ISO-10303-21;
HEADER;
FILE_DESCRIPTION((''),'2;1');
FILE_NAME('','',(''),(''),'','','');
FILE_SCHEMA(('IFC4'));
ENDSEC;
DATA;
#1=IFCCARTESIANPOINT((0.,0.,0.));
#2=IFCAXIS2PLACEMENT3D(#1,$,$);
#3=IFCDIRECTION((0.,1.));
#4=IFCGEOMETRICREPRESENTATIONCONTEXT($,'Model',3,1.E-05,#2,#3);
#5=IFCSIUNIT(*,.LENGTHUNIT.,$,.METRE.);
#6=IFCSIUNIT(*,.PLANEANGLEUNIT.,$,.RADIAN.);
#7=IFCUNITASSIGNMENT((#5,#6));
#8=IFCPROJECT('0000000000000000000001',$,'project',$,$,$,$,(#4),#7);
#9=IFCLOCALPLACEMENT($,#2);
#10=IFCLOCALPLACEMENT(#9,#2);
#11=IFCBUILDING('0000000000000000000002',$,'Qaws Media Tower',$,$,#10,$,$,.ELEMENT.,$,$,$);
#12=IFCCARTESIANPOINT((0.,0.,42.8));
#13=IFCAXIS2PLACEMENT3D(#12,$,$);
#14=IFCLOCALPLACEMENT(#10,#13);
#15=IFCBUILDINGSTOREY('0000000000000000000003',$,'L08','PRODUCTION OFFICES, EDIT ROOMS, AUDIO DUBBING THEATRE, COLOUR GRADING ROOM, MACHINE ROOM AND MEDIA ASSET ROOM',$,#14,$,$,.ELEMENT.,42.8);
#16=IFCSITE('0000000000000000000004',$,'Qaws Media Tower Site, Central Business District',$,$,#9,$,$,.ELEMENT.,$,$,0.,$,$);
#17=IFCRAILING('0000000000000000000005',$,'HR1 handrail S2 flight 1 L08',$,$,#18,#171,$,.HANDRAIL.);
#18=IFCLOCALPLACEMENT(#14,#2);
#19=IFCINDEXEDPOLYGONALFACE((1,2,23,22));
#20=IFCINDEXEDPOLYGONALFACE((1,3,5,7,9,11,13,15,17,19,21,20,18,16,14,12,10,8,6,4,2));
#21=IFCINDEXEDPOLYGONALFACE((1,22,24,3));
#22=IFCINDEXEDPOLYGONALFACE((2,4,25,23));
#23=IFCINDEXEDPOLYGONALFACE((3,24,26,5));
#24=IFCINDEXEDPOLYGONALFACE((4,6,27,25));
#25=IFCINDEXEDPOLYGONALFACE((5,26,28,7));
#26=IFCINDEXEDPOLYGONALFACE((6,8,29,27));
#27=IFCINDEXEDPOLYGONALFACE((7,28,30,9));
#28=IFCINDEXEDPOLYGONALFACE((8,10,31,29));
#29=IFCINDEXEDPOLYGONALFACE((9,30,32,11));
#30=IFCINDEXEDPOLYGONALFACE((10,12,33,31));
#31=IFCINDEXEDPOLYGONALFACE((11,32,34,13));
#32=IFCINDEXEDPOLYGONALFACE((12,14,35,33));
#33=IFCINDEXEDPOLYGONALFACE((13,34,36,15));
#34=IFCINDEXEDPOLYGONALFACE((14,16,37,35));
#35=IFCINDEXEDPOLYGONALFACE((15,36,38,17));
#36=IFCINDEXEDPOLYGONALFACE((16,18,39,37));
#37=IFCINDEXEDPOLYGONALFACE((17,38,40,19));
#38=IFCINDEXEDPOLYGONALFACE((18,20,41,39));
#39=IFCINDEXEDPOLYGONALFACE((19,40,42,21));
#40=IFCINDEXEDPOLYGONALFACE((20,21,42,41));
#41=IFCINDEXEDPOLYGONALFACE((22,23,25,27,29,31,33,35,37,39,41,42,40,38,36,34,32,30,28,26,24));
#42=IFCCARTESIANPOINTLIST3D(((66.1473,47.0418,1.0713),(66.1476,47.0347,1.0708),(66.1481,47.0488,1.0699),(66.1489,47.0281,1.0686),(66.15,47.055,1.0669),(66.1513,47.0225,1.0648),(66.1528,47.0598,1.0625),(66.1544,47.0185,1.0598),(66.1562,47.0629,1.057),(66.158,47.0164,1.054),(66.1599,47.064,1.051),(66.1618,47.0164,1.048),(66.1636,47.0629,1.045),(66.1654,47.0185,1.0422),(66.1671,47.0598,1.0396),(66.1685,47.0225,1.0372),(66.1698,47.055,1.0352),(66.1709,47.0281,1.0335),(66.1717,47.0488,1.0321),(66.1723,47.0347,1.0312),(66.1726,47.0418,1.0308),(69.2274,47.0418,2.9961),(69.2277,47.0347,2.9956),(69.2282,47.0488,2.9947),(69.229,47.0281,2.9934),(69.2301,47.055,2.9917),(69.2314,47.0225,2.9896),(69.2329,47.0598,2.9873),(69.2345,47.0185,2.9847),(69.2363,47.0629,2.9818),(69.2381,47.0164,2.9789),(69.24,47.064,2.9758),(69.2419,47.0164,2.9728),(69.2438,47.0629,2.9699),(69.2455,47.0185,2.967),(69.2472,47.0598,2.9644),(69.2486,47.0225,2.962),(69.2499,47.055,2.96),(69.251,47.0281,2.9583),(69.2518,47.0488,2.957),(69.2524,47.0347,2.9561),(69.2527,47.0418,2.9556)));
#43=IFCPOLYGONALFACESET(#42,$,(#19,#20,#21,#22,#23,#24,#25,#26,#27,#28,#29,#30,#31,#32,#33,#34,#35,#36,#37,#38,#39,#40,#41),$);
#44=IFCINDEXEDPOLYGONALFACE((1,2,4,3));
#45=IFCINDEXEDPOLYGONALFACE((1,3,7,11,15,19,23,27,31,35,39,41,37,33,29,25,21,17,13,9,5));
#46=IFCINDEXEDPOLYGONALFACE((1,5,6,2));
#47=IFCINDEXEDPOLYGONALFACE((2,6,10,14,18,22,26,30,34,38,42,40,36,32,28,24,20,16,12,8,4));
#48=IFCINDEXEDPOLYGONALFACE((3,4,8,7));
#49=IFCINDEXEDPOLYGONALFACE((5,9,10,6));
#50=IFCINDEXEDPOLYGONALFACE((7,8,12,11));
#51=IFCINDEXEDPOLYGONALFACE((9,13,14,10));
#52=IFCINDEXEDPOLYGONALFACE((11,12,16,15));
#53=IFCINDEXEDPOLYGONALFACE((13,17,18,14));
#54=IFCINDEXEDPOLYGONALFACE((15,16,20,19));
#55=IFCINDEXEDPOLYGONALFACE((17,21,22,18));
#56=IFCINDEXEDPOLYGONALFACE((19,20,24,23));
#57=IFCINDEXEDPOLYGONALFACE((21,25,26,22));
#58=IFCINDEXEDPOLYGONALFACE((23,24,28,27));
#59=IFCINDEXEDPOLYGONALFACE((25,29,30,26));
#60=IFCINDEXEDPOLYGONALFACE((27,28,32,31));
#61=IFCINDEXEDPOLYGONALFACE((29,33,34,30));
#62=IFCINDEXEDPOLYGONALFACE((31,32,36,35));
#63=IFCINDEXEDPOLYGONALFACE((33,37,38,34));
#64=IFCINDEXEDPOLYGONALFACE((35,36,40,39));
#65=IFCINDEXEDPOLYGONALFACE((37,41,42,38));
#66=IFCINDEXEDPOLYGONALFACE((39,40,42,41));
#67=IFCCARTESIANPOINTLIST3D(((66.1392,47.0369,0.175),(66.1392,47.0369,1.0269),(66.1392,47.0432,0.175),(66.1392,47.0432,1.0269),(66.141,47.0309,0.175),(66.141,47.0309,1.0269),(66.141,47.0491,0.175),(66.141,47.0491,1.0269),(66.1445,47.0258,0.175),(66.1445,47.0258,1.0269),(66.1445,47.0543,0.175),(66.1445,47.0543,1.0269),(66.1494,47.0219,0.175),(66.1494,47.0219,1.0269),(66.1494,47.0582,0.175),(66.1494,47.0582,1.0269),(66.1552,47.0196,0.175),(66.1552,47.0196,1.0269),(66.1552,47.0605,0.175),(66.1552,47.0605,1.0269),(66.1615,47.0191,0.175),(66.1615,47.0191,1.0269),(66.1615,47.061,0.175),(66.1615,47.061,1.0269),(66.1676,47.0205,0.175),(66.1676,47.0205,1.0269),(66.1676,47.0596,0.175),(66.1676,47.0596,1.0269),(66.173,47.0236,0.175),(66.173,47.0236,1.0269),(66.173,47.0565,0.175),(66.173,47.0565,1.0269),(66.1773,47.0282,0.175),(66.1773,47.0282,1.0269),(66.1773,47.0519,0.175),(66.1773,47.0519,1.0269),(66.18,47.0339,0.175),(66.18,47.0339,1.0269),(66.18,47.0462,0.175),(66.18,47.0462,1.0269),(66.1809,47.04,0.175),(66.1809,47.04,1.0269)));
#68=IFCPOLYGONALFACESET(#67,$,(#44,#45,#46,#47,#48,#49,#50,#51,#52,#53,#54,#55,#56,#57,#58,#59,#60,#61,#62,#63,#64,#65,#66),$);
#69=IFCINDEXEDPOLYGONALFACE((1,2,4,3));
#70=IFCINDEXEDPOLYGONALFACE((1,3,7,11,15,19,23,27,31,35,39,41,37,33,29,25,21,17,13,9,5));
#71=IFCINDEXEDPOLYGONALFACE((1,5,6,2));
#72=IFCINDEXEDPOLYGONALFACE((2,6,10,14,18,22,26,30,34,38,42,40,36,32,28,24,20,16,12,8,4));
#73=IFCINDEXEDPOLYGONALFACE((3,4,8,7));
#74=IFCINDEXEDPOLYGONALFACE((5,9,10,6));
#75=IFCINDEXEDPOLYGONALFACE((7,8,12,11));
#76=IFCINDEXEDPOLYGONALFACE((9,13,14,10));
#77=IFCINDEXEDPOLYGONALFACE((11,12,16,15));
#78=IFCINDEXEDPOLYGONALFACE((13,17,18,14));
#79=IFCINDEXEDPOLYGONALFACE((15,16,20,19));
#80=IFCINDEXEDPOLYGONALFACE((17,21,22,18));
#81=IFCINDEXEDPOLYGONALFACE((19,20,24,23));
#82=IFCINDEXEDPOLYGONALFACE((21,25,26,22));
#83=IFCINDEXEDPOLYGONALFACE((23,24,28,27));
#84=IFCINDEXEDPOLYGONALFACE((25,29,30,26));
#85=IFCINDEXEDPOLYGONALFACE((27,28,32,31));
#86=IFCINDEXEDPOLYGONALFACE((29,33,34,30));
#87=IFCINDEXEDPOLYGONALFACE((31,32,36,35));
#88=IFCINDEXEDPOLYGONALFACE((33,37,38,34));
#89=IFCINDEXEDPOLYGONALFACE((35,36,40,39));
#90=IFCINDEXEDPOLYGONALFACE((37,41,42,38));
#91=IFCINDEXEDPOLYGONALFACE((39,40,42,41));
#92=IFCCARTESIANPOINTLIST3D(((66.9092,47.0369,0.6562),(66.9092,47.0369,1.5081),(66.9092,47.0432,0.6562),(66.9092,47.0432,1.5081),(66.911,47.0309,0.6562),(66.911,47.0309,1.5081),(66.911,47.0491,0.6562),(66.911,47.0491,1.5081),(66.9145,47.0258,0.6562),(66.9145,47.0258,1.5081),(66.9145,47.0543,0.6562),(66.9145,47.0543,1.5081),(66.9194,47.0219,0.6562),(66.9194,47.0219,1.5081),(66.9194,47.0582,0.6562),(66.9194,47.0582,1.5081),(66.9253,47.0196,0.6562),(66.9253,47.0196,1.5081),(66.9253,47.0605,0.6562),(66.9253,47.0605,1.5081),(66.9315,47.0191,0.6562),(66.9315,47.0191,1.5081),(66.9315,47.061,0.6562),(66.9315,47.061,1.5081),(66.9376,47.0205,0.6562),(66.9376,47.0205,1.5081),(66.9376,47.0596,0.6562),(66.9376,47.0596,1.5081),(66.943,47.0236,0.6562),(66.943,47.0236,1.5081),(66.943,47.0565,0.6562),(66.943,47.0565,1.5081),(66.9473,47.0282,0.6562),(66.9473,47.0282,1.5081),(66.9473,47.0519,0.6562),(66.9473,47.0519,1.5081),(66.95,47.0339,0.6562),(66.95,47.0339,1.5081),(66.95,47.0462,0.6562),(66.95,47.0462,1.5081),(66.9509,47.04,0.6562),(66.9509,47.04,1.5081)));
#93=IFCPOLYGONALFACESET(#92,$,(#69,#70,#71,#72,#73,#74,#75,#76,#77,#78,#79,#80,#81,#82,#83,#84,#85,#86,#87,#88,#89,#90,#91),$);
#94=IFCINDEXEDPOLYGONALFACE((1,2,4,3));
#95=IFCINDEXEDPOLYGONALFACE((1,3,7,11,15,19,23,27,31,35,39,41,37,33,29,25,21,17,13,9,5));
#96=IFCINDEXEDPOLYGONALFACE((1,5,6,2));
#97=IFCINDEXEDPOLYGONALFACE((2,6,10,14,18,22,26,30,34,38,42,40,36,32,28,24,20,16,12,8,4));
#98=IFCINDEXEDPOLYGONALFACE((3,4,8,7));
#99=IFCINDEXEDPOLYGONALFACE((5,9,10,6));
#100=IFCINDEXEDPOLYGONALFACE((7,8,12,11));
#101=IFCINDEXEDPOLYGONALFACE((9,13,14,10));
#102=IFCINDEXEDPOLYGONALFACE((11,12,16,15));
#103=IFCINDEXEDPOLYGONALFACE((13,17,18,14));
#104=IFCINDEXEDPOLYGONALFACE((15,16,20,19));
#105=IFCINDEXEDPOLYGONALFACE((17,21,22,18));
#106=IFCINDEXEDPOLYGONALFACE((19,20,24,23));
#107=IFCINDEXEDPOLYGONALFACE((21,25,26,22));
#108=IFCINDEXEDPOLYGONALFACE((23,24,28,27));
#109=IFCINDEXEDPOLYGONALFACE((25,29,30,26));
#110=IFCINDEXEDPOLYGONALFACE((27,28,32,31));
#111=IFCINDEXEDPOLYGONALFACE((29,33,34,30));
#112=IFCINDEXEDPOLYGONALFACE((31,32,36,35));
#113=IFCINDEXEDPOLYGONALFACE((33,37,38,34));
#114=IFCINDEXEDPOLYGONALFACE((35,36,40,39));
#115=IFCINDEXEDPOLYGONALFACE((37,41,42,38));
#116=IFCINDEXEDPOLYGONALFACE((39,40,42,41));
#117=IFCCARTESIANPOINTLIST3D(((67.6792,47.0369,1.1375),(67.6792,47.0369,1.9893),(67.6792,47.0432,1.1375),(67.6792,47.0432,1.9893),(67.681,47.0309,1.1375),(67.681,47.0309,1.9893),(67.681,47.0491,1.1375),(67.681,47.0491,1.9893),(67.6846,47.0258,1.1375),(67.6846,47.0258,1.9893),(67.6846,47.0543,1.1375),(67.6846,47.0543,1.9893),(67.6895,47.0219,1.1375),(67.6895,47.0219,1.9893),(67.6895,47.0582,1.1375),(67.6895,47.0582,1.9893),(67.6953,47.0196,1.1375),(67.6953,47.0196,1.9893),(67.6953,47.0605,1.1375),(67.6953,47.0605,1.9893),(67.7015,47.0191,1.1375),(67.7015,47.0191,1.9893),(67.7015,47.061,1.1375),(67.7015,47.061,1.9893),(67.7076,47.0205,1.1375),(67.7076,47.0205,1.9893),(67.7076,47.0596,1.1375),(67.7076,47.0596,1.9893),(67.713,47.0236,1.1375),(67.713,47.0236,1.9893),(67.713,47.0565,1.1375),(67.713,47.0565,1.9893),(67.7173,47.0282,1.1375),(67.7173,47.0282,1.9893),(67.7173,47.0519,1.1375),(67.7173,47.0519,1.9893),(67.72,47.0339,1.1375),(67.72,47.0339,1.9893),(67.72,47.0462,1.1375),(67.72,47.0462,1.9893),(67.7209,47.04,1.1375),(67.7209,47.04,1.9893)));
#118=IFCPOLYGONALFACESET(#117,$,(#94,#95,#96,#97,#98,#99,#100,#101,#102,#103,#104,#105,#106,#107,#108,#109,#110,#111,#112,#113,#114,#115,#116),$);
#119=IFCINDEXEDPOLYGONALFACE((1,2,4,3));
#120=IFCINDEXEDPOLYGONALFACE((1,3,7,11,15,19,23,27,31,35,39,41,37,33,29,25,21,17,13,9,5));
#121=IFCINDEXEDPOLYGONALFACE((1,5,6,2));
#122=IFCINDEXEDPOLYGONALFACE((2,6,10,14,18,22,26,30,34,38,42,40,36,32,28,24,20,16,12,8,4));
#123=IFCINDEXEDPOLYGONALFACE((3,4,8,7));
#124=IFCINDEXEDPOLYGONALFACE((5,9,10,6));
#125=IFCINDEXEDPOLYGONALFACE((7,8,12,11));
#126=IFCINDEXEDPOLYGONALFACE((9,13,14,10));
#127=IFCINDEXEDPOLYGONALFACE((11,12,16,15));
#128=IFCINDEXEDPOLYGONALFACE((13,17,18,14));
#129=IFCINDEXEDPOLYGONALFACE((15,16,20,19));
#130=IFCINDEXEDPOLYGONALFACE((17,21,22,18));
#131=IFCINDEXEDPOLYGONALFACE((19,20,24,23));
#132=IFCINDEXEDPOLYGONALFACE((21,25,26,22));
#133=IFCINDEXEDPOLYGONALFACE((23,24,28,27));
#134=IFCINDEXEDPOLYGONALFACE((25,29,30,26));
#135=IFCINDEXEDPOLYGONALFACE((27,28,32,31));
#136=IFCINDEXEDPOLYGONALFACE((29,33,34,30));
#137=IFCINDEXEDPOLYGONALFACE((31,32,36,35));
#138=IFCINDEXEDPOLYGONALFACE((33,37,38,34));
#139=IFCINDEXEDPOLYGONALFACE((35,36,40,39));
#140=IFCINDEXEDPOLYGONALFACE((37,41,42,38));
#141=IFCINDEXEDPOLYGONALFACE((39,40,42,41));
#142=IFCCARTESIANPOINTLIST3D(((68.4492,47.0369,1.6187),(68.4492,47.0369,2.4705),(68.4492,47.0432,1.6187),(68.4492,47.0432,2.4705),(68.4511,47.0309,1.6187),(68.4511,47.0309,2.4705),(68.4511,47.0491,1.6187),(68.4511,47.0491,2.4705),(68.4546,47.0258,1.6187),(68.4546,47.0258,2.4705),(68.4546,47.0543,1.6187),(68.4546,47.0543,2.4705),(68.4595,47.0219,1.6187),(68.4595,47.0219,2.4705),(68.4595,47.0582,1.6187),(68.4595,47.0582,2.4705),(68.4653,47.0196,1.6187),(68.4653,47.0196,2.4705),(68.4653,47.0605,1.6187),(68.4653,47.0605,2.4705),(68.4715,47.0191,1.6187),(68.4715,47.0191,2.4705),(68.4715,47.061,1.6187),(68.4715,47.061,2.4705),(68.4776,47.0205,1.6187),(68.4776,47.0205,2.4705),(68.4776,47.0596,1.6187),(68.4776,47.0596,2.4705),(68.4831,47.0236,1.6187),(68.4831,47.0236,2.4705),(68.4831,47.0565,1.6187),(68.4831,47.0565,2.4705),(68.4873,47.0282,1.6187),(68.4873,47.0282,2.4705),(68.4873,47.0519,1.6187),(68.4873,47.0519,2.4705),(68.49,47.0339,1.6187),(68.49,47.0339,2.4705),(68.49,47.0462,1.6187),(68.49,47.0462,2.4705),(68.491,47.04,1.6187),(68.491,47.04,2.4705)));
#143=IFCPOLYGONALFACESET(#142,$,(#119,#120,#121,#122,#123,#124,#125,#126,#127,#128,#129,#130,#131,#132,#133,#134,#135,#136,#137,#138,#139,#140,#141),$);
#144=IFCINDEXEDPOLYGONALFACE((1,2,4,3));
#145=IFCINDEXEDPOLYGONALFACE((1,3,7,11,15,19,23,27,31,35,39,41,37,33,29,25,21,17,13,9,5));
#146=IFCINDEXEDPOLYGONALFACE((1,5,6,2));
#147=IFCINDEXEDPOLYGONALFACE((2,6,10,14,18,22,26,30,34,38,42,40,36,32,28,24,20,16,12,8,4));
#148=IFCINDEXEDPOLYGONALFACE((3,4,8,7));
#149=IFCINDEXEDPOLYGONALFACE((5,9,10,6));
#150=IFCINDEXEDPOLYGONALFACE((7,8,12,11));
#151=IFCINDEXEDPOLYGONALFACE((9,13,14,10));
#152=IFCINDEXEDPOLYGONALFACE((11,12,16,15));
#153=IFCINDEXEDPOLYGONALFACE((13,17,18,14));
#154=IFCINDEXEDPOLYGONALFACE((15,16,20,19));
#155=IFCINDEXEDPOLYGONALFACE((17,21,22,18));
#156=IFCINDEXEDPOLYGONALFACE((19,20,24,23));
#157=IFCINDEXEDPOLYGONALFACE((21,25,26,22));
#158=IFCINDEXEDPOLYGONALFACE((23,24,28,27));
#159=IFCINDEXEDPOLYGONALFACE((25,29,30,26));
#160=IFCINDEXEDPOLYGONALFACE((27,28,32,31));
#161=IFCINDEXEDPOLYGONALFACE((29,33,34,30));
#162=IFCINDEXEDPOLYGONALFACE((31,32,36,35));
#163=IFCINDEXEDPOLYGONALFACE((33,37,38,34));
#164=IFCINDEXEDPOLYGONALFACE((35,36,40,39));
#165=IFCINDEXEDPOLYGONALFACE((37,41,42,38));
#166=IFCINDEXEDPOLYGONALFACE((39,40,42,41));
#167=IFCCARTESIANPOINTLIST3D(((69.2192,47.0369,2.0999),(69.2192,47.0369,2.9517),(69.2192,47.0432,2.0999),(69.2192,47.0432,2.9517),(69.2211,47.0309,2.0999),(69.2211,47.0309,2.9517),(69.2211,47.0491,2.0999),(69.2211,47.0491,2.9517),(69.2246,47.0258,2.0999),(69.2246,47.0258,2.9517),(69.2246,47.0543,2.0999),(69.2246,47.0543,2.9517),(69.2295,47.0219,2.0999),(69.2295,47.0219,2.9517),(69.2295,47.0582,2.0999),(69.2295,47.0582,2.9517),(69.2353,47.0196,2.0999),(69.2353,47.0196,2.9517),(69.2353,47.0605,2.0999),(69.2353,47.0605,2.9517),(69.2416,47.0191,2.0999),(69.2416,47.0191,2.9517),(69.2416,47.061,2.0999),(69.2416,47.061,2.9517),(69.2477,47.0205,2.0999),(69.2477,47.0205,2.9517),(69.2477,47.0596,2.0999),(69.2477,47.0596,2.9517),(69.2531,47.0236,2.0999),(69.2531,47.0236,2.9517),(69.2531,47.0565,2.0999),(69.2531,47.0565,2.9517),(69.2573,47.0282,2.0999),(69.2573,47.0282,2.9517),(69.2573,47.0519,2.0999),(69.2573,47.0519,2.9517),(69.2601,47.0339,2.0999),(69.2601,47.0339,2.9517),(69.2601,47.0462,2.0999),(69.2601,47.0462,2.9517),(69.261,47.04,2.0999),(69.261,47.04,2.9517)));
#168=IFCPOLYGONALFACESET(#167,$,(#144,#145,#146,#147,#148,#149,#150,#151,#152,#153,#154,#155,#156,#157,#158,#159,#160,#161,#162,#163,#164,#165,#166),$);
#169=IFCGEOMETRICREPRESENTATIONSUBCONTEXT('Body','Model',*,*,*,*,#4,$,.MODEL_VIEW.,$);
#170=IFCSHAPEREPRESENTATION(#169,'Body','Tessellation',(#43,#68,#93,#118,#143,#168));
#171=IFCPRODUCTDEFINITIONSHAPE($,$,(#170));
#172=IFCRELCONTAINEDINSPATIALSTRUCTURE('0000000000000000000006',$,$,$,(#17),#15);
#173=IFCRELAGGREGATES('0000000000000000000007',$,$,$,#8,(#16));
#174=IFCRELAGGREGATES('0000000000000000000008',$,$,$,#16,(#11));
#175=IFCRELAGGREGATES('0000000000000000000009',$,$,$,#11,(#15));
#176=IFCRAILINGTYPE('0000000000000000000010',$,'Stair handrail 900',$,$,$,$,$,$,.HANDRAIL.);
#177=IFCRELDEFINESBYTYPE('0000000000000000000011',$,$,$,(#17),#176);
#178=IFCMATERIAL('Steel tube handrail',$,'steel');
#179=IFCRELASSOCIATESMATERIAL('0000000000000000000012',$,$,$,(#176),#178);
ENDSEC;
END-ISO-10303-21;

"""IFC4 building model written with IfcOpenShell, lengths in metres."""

from ifc_helpers import new_model, si_unit, direction, frame, origin, origin_2d, place, context, subcontext, project, spatial, circle, extrude, material, type_object, element, save


model = new_model("IFC4")

# Units and contexts
model_context = context("Model", 3, precision=1e-05, world=origin(), true_north=direction((0.0, 1.0)))
body_context = subcontext(model_context, "Body", "Model", "MODEL_VIEW")
ifc_project = project(units=[si_unit("LENGTHUNIT", "METRE"), si_unit("PLANEANGLEUNIT", "RADIAN")], contexts=[model_context])

# Site, building, storey
site_placement = place(None, origin())
site = spatial("IfcSite", under=ifc_project, at=site_placement, Name="Qaws Media Tower Site, Central Business District", CompositionType="ELEMENT", RefElevation=0.0)
building_placement = place(site_placement, origin())
building = spatial("IfcBuilding", under=site, at=building_placement, Name="Qaws Media Tower", CompositionType="ELEMENT")
storey_placement = place(building_placement, frame((0.0, 0.0, 42.8)))
storey = spatial("IfcBuildingStorey", under=building, at=storey_placement, Name="L08", Description="PRODUCTION OFFICES, EDIT ROOMS, AUDIO DUBBING THEATRE, COLOUR GRADING ROOM, MACHINE ROOM AND MEDIA ASSET ROOM", CompositionType="ELEMENT", Elevation=42.8)

# Railing
ifc_material_1 = material(Name="Steel tube handrail", Category="steel")
railing_type = type_object("IfcRailingType", Name="Stair handrail 900", PredefinedType="HANDRAIL", material=ifc_material_1)
railing_1_placement = place(storey_placement, frame((66.1599, 47.04, 0.175)))
element("IfcRailing", 1, at=railing_1_placement, inside=storey, type_object=railing_type, Name="HR1 handrail S2 flight 1 L08", PredefinedType="HANDRAIL", context=body_context, shape_type="SweptSolid", body=[
    extrude(circle(Radius=0.0239, at=origin_2d()), frame((0.0, 0.0, 0.876), z_axis=(0.848029, 0.0, 0.529951), x_axis=(0.0, 1.0, 0.0)), (0.0, 0.0, 1.0), 3.6321),
    extrude(circle(Radius=0.021, at=origin_2d()), origin(), (0.0, 0.0, 1.0), 0.8518),
    extrude(circle(Radius=0.021, at=origin_2d()), frame((0.77, 0.0, 0.4812)), (0.0, 0.0, 1.0), 0.8518),
    extrude(circle(Radius=0.021, at=origin_2d()), frame((1.54, 0.0, 0.9624)), (0.0, 0.0, 1.0), 0.8518),
    extrude(circle(Radius=0.021, at=origin_2d()), frame((2.3101, 0.0, 1.4436)), (0.0, 0.0, 1.0), 0.8518),
    extrude(circle(Radius=0.021, at=origin_2d()), frame((3.0801, 0.0, 1.9248)), (0.0, 0.0, 1.0), 0.8518),
])

save(model, "model.ifc")
